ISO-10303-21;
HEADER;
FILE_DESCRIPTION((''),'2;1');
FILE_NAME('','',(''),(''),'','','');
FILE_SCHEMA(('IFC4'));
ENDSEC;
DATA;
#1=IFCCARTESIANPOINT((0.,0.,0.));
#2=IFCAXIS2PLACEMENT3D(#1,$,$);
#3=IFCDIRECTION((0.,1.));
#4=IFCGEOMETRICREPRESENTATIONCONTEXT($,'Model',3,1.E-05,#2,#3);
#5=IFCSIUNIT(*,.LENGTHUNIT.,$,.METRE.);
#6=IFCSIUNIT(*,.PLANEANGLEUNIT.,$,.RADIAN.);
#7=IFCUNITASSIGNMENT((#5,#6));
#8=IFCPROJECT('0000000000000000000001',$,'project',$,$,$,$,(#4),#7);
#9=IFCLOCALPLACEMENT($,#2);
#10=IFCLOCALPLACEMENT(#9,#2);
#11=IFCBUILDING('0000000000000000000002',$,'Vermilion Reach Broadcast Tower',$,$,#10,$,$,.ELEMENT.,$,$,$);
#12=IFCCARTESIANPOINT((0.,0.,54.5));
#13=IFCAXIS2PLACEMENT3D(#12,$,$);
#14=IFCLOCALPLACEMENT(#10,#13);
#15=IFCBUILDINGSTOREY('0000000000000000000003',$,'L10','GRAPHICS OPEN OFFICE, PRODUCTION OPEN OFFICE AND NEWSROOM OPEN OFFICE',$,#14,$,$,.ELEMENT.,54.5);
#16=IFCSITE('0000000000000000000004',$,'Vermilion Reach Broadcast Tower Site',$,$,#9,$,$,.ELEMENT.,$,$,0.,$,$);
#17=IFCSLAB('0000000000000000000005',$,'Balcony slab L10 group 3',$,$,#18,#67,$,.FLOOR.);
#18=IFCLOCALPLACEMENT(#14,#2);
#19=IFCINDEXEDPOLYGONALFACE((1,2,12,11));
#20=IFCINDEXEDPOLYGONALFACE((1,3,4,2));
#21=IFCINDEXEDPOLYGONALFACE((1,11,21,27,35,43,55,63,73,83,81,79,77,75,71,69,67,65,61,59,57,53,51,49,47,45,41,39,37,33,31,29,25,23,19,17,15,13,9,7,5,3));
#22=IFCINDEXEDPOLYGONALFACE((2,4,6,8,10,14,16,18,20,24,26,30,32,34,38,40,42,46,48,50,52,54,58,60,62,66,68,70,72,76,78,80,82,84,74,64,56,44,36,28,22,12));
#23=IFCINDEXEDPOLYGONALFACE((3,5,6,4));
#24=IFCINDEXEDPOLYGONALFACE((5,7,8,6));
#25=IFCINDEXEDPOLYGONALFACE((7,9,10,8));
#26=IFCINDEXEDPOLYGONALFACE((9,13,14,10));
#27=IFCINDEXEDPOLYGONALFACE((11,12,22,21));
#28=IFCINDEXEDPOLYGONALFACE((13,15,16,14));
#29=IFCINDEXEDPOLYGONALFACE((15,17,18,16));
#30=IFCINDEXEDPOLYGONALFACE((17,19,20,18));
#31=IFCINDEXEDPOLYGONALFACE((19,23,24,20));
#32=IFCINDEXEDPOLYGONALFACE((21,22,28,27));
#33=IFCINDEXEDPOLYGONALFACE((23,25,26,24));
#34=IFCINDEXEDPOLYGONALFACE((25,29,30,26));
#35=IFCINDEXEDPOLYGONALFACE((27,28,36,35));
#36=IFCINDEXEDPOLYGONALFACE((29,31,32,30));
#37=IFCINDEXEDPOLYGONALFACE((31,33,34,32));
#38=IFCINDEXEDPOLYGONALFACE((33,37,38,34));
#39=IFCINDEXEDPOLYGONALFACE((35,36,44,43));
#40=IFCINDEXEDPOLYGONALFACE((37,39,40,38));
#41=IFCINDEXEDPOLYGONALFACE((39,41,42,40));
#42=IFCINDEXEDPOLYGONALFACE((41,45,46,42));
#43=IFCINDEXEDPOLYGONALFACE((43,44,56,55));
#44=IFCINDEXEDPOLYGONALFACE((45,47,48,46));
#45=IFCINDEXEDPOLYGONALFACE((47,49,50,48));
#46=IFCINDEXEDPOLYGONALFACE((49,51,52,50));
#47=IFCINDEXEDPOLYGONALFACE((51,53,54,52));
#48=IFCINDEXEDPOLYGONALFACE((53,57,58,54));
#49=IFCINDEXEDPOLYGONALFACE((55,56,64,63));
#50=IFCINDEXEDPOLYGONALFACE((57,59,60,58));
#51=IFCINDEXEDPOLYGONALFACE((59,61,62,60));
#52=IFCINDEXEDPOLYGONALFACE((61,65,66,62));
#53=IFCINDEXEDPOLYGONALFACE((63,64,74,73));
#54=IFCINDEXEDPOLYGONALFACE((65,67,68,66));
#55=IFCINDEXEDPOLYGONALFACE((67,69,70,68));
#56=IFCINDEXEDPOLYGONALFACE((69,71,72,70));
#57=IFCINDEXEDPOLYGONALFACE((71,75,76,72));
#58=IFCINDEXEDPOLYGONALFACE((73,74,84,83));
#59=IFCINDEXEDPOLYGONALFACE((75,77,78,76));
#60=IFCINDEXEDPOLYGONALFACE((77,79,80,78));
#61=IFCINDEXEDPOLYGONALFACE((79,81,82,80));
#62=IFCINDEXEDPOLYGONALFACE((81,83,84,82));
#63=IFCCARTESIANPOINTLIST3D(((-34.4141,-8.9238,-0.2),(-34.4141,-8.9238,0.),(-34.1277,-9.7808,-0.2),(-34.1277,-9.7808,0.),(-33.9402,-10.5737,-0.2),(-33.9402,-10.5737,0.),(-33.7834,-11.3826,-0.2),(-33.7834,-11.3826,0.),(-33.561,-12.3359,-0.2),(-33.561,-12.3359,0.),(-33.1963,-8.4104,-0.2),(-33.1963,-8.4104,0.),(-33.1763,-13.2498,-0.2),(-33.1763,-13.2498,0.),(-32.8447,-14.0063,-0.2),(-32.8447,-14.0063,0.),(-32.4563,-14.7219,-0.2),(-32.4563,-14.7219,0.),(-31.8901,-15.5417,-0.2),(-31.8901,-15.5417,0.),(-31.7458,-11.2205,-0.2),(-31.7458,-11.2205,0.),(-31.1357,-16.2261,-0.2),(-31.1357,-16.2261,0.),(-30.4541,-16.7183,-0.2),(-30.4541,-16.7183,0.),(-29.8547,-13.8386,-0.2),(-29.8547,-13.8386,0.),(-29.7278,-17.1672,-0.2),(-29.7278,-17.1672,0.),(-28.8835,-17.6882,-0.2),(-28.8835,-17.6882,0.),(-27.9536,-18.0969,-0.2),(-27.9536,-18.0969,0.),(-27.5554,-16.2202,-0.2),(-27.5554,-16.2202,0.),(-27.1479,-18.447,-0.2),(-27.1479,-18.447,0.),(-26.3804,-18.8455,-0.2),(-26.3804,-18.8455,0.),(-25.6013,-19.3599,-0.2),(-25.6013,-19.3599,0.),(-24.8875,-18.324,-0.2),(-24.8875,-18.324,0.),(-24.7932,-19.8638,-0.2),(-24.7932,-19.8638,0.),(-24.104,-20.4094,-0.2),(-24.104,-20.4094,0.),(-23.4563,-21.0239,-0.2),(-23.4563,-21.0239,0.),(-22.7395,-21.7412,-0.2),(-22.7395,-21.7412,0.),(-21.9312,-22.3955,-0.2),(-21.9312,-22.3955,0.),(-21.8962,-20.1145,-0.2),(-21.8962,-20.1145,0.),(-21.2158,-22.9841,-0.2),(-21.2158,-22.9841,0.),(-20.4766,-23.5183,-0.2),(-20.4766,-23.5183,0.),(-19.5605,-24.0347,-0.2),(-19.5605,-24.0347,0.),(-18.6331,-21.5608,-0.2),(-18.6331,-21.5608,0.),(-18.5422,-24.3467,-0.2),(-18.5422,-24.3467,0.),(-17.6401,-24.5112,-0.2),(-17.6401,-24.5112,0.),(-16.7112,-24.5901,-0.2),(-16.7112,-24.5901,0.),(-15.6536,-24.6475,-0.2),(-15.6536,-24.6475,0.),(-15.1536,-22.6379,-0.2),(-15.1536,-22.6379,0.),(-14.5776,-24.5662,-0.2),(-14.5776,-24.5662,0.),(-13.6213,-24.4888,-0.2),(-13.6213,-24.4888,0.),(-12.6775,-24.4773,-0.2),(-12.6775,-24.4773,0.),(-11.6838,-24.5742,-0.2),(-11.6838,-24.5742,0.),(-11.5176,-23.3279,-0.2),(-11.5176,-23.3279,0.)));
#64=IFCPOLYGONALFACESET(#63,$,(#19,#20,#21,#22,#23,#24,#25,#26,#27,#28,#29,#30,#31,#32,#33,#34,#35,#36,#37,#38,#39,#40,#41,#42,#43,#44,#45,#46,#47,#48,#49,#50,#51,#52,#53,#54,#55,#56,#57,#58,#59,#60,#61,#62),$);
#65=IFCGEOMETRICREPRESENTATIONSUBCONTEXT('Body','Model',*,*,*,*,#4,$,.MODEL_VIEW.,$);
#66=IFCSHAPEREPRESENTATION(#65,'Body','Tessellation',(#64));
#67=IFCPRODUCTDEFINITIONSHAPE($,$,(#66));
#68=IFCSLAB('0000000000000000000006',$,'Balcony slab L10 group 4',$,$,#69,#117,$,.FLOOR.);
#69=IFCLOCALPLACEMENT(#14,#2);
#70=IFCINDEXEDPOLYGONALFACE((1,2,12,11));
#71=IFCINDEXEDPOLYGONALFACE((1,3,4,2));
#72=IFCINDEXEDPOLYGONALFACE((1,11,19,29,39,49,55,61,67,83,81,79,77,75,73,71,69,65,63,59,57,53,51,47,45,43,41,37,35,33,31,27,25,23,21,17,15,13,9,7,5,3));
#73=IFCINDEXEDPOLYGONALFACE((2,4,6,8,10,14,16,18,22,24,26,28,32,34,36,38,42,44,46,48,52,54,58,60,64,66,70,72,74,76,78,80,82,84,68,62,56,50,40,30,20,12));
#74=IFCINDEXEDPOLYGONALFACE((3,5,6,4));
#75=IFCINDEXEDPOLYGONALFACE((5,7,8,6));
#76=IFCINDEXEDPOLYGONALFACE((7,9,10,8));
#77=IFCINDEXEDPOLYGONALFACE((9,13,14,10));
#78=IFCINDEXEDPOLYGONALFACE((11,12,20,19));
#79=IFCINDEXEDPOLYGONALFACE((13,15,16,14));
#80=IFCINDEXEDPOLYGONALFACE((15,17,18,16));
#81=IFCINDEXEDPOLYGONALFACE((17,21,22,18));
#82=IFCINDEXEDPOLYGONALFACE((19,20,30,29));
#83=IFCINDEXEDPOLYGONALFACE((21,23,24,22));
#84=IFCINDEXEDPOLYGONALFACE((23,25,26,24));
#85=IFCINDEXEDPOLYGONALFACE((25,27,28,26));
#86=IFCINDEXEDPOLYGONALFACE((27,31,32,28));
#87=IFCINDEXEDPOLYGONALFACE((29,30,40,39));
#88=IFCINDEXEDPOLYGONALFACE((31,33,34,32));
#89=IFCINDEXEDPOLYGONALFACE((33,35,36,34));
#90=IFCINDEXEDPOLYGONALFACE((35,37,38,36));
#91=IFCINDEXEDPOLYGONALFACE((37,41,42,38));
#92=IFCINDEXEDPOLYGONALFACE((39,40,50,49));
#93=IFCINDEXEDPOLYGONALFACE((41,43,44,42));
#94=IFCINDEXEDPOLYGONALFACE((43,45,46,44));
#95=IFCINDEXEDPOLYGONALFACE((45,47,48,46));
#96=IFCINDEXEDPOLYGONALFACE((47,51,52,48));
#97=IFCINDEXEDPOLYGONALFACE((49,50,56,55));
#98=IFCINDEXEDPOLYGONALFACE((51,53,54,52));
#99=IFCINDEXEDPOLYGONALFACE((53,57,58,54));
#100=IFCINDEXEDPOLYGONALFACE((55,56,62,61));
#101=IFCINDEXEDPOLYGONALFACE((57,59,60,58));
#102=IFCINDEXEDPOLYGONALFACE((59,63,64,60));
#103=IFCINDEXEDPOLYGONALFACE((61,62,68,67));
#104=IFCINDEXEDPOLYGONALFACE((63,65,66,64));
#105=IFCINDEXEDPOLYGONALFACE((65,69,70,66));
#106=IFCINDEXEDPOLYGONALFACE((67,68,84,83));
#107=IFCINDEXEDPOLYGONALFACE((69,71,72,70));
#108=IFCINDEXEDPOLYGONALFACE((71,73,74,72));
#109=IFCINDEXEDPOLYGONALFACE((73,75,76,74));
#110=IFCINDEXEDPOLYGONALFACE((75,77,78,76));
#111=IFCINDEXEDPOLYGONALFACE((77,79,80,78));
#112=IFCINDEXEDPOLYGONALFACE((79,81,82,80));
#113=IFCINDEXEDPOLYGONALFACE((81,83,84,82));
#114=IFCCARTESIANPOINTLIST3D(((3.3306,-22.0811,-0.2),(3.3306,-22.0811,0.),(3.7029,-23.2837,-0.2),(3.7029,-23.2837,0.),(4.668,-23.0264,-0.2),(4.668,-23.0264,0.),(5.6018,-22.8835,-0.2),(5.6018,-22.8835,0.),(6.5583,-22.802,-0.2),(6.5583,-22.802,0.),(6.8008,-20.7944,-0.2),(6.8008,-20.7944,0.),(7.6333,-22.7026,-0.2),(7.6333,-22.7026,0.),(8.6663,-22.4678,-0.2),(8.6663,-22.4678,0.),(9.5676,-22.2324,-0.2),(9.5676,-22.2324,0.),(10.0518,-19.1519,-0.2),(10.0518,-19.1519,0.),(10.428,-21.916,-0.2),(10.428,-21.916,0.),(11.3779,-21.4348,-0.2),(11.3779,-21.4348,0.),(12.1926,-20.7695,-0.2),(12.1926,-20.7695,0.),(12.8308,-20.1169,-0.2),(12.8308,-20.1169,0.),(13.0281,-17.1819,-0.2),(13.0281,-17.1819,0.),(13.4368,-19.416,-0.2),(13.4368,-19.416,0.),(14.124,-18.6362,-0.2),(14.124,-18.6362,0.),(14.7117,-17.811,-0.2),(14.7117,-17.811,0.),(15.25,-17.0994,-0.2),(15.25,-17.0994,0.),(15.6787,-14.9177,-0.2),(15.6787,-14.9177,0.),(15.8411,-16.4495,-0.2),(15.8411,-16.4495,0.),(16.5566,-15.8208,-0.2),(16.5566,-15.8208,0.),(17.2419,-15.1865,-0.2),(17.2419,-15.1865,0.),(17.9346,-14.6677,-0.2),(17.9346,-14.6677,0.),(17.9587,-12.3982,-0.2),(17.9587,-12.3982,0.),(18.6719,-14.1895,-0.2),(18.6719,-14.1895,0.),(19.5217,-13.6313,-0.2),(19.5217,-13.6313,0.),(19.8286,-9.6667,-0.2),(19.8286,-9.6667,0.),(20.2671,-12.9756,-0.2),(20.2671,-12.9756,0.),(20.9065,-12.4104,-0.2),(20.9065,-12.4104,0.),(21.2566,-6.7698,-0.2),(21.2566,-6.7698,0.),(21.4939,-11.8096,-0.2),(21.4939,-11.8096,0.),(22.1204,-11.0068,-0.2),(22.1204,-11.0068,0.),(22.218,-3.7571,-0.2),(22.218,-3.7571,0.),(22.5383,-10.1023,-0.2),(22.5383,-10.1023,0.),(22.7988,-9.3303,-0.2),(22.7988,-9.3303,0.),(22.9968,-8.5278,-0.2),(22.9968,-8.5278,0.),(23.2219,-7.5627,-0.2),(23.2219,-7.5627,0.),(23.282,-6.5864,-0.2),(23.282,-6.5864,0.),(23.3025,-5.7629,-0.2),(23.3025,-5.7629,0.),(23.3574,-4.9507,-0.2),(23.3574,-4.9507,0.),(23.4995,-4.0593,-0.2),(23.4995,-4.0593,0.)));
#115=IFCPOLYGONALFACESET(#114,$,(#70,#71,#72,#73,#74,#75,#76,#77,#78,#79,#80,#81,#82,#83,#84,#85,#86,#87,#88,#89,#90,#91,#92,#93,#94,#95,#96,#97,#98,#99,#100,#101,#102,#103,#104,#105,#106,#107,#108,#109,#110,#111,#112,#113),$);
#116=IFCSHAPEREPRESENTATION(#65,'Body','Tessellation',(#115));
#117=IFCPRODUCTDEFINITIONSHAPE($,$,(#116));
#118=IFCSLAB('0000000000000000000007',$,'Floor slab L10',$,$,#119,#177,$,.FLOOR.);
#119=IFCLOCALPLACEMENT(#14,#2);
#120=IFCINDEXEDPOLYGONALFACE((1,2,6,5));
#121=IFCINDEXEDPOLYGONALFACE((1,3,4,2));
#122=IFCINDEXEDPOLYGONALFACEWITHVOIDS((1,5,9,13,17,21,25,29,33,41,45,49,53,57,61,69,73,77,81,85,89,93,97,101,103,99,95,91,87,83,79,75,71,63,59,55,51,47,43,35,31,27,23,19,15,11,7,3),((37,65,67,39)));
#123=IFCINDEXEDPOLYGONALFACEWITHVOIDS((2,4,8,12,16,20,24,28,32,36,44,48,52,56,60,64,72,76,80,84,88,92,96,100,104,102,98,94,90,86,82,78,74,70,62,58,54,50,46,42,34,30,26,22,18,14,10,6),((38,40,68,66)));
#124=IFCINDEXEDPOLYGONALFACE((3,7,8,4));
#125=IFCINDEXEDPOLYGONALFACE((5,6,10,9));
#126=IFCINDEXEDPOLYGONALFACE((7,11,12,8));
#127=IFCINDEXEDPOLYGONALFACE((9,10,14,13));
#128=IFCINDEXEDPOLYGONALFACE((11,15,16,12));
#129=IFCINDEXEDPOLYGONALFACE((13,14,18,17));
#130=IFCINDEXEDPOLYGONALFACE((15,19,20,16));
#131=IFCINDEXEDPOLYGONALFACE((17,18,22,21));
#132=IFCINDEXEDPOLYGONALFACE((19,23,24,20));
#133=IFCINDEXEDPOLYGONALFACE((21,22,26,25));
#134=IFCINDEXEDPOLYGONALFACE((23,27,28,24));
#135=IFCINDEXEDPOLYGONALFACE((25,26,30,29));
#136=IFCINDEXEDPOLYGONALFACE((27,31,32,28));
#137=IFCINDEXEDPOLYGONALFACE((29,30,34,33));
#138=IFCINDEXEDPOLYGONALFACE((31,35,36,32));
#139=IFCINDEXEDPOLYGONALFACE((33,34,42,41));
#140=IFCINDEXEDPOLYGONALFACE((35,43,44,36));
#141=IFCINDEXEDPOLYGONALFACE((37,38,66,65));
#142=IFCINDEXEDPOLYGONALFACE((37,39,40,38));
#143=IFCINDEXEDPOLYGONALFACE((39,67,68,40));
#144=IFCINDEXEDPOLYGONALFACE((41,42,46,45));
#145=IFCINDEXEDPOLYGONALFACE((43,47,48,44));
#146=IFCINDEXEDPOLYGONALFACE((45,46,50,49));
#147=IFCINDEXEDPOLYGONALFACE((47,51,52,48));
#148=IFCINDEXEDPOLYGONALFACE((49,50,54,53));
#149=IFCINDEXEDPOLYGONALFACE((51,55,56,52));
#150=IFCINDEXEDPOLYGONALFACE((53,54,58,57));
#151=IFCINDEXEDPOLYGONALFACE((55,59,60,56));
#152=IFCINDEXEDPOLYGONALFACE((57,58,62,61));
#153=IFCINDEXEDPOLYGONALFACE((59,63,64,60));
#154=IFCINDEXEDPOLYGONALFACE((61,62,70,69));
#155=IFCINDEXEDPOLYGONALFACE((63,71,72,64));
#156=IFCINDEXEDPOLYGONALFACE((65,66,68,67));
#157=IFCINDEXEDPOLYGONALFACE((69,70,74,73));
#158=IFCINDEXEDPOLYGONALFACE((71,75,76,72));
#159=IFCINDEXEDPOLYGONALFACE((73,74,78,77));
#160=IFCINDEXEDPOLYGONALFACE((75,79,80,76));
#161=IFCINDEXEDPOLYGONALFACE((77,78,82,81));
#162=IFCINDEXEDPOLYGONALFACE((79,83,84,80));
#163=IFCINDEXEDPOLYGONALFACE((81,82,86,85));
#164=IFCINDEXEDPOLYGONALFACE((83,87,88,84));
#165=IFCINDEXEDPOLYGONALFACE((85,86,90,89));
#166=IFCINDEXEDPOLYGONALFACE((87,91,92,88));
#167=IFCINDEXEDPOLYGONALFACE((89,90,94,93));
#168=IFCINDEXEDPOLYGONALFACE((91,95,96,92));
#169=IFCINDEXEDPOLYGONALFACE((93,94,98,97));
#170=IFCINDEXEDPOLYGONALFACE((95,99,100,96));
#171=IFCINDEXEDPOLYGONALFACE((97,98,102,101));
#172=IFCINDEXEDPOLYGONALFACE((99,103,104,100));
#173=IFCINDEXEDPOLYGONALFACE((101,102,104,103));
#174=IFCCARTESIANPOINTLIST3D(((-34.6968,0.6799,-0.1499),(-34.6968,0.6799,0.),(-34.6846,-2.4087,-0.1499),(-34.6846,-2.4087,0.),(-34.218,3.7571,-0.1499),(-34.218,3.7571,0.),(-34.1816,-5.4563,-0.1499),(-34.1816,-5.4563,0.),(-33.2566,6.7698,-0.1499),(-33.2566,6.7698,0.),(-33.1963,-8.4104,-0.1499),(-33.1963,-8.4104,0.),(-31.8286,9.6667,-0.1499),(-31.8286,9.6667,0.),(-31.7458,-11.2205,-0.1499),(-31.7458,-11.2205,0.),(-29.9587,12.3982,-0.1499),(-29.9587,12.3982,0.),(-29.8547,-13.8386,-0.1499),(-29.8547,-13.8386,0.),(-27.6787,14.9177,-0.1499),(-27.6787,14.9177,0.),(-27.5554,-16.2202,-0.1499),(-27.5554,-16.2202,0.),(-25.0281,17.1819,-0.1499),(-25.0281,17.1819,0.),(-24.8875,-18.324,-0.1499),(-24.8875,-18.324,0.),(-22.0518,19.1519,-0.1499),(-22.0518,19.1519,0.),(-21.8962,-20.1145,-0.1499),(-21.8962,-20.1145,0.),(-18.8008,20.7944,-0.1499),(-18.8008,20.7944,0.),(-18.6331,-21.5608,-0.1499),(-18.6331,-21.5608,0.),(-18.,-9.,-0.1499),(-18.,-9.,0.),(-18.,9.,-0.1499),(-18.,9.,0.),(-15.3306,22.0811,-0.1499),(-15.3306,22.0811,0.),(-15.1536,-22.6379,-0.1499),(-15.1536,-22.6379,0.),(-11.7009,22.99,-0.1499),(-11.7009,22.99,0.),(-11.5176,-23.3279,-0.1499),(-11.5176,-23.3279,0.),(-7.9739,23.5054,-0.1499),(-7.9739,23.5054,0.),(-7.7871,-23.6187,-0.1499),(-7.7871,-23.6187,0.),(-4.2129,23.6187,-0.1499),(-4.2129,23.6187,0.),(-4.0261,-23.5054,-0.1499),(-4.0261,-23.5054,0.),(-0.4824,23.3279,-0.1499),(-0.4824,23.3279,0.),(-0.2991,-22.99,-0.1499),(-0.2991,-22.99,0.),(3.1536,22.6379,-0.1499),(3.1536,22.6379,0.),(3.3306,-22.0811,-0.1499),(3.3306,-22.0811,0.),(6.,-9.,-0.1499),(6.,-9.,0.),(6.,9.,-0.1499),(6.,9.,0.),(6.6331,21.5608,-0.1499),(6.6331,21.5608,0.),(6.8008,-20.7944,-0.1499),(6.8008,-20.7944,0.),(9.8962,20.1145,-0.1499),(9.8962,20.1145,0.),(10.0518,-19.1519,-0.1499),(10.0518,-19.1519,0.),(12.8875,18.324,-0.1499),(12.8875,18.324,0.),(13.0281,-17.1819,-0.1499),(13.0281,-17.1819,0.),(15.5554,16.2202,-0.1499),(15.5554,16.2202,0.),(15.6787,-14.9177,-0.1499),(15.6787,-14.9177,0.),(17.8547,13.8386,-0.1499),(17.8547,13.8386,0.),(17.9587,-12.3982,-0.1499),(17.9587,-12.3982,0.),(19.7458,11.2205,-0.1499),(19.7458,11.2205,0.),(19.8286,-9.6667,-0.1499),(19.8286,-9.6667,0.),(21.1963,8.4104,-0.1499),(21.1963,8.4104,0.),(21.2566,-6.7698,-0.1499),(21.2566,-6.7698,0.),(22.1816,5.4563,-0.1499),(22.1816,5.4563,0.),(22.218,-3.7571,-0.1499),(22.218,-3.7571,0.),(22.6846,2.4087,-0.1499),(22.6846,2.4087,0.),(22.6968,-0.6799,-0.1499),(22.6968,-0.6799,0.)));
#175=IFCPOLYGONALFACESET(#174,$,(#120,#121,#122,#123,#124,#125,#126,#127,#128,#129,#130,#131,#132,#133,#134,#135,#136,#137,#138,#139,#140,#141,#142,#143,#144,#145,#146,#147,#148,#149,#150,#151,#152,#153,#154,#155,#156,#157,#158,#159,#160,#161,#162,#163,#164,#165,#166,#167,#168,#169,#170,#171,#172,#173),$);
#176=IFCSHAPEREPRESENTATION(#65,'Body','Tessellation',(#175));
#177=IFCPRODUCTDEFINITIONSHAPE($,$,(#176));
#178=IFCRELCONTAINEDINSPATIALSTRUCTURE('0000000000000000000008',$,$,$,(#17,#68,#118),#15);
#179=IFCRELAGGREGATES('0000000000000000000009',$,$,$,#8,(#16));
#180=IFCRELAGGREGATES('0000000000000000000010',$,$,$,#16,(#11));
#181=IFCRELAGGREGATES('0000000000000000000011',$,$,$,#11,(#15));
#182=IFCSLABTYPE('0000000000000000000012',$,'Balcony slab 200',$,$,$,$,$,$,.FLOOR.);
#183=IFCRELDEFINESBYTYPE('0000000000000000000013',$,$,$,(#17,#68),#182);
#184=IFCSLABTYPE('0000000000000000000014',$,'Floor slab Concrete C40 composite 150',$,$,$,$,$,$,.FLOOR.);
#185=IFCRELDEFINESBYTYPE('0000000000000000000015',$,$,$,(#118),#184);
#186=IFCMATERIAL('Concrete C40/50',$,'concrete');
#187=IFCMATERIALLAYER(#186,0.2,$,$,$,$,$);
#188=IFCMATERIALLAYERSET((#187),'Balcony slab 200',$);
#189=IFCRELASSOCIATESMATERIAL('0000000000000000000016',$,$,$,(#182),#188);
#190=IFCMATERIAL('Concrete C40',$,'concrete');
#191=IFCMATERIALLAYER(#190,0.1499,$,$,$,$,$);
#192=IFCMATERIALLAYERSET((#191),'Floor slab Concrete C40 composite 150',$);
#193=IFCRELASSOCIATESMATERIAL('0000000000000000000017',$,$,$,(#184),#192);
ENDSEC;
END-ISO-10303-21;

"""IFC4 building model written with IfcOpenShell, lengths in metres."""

from ifc_helpers import new_model, si_unit, direction, frame, origin, place, context, subcontext, project, spatial, polyline, outline, extrude, material, layer, layer_set, type_object, element, save


model = new_model("IFC4")

# Units and contexts
model_context = context("Model", 3, precision=1e-05, world=origin(), true_north=direction((0.0, 1.0)))
body_context = subcontext(model_context, "Body", "Model", "MODEL_VIEW")
ifc_project = project(units=[si_unit("LENGTHUNIT", "METRE"), si_unit("PLANEANGLEUNIT", "RADIAN")], contexts=[model_context])

# Site, building, storey
site_placement = place(None, origin())
site = spatial("IfcSite", under=ifc_project, at=site_placement, Name="Vermilion Reach Broadcast Tower Site", CompositionType="ELEMENT", RefElevation=0.0)
building_placement = place(site_placement, origin())
building = spatial("IfcBuilding", under=site, at=building_placement, Name="Vermilion Reach Broadcast Tower", CompositionType="ELEMENT")
storey_placement = place(building_placement, frame((0.0, 0.0, 54.5)))
storey = spatial("IfcBuildingStorey", under=building, at=storey_placement, Name="L10", Description="GRAPHICS OPEN OFFICE, PRODUCTION OPEN OFFICE AND NEWSROOM OPEN OFFICE", CompositionType="ELEMENT", Elevation=54.5)

# Slabs
ifc_material_1 = material(Name="Concrete C40/50", Category="concrete")
ifc_layer_1 = layer(ifc_material_1, 0.2)
ifc_layer_set_1 = layer_set([ifc_layer_1], Name="Balcony slab 200")
slab_type_1 = type_object("IfcSlabType", Name="Balcony slab 200", PredefinedType="FLOOR", material=ifc_layer_set_1)
placement = place(storey_placement, frame((0.0, 0.0, -0.2)))
element("IfcSlab", 1, at=placement, inside=storey, type_object=slab_type_1, Name="Balcony slab L10 group 3", PredefinedType="FLOOR", context=body_context, shape_type="SweptSolid", body=[
    extrude(outline(polyline([(-33.1963, -8.4104), (-31.7458, -11.2205), (-29.8547, -13.8386), (-27.5554, -16.2202), (-24.8875, -18.324), (-21.8962, -20.1145), (-18.6331, -21.5608), (-15.1536, -22.6379), (-11.5176, -23.3279), (-11.6838, -24.5742), (-12.6775, -24.4773), (-13.6213, -24.4888), (-14.5776, -24.5662), (-15.6536, -24.6475), (-16.7112, -24.5901), (-17.6401, -24.5112), (-18.5422, -24.3467), (-19.5605, -24.0347), (-20.4766, -23.5183), (-21.2158, -22.9841), (-21.9312, -22.3955), (-22.7395, -21.7412), (-23.4563, -21.0239), (-24.104, -20.4094), (-24.7932, -19.8638), (-25.6013, -19.3599), (-26.3804, -18.8455), (-27.1479, -18.447), (-27.9536, -18.0969), (-28.8835, -17.6882), (-29.7278, -17.1672), (-30.4541, -16.7183), (-31.1357, -16.2261), (-31.8901, -15.5417), (-32.4563, -14.7219), (-32.8447, -14.0063), (-33.1763, -13.2498), (-33.561, -12.3359), (-33.7834, -11.3826), (-33.9402, -10.5737), (-34.1277, -9.7808), (-34.4141, -8.9238), (-33.1963, -8.4104)])), origin(), (0.0, 0.0, 1.0), 0.2),
])
element("IfcSlab", 2, at=placement, inside=storey, type_object=slab_type_1, Name="Balcony slab L10 group 4", PredefinedType="FLOOR", context=body_context, shape_type="SweptSolid", body=[
    extrude(outline(polyline([(3.3306, -22.0811), (6.8008, -20.7944), (10.0518, -19.1519), (13.0281, -17.1819), (15.6787, -14.9177), (17.9587, -12.3982), (19.8286, -9.6667), (21.2566, -6.7698), (22.218, -3.7571), (23.4995, -4.0593), (23.3574, -4.9507), (23.3025, -5.7629), (23.282, -6.5864), (23.2219, -7.5627), (22.9968, -8.5278), (22.7988, -9.3303), (22.5383, -10.1023), (22.1204, -11.0068), (21.4939, -11.8096), (20.9065, -12.4104), (20.2671, -12.9756), (19.5217, -13.6313), (18.6719, -14.1895), (17.9346, -14.6677), (17.2419, -15.1865), (16.5566, -15.8208), (15.8411, -16.4495), (15.25, -17.0994), (14.7117, -17.811), (14.124, -18.6362), (13.4368, -19.416), (12.8308, -20.1169), (12.1926, -20.7695), (11.3779, -21.4348), (10.428, -21.916), (9.5676, -22.2324), (8.6663, -22.4678), (7.6333, -22.7026), (6.5583, -22.802), (5.6018, -22.8835), (4.668, -23.0264), (3.7029, -23.2837), (3.3306, -22.0811)])), origin(), (0.0, 0.0, 1.0), 0.2),
])
ifc_material_2 = material(Name="Concrete C40", Category="concrete")
ifc_layer_2 = layer(ifc_material_2, 0.1499)
ifc_layer_set_2 = layer_set([ifc_layer_2], Name="Floor slab Concrete C40 composite 150")
slab_type_2 = type_object("IfcSlabType", Name="Floor slab Concrete C40 composite 150", PredefinedType="FLOOR", material=ifc_layer_set_2)
slab_1_placement = place(storey_placement, frame((0.0, 0.0, -0.1499)))
element("IfcSlab", 3, at=slab_1_placement, inside=storey, type_object=slab_type_2, Name="Floor slab L10", PredefinedType="FLOOR", context=body_context, shape_type="SweptSolid", body=[
    extrude(outline(polyline([(22.6846, 2.4087), (22.1816, 5.4563), (21.1963, 8.4104), (19.7458, 11.2205), (17.8547, 13.8386), (15.5554, 16.2202), (12.8875, 18.324), (9.8962, 20.1145), (6.6331, 21.5608), (3.1536, 22.6379), (-0.4824, 23.3279), (-4.2129, 23.6187), (-7.9739, 23.5054), (-11.7009, 22.99), (-15.3306, 22.0811), (-18.8008, 20.7944), (-22.0518, 19.1519), (-25.0281, 17.1819), (-27.6787, 14.9177), (-29.9587, 12.3982), (-31.8286, 9.6667), (-33.2566, 6.7698), (-34.218, 3.7571), (-34.6968, 0.6799), (-34.6846, -2.4087), (-34.1816, -5.4563), (-33.1963, -8.4104), (-31.7458, -11.2205), (-29.8547, -13.8386), (-27.5554, -16.2202), (-24.8875, -18.324), (-21.8962, -20.1145), (-18.6331, -21.5608), (-15.1536, -22.6379), (-11.5176, -23.3279), (-7.7871, -23.6187), (-4.0261, -23.5054), (-0.2991, -22.99), (3.3306, -22.0811), (6.8008, -20.7944), (10.0518, -19.1519), (13.0281, -17.1819), (15.6787, -14.9177), (17.9587, -12.3982), (19.8286, -9.6667), (21.2566, -6.7698), (22.218, -3.7571), (22.6968, -0.6799), (22.6846, 2.4087)]), holes=[polyline([(-18.0, -9.0), (6.0, -9.0), (6.0, 9.0), (-18.0, 9.0), (-18.0, -9.0)])]), origin(), (0.0, 0.0, 1.0), 0.1499),
])

save(model, "model.ifc")
